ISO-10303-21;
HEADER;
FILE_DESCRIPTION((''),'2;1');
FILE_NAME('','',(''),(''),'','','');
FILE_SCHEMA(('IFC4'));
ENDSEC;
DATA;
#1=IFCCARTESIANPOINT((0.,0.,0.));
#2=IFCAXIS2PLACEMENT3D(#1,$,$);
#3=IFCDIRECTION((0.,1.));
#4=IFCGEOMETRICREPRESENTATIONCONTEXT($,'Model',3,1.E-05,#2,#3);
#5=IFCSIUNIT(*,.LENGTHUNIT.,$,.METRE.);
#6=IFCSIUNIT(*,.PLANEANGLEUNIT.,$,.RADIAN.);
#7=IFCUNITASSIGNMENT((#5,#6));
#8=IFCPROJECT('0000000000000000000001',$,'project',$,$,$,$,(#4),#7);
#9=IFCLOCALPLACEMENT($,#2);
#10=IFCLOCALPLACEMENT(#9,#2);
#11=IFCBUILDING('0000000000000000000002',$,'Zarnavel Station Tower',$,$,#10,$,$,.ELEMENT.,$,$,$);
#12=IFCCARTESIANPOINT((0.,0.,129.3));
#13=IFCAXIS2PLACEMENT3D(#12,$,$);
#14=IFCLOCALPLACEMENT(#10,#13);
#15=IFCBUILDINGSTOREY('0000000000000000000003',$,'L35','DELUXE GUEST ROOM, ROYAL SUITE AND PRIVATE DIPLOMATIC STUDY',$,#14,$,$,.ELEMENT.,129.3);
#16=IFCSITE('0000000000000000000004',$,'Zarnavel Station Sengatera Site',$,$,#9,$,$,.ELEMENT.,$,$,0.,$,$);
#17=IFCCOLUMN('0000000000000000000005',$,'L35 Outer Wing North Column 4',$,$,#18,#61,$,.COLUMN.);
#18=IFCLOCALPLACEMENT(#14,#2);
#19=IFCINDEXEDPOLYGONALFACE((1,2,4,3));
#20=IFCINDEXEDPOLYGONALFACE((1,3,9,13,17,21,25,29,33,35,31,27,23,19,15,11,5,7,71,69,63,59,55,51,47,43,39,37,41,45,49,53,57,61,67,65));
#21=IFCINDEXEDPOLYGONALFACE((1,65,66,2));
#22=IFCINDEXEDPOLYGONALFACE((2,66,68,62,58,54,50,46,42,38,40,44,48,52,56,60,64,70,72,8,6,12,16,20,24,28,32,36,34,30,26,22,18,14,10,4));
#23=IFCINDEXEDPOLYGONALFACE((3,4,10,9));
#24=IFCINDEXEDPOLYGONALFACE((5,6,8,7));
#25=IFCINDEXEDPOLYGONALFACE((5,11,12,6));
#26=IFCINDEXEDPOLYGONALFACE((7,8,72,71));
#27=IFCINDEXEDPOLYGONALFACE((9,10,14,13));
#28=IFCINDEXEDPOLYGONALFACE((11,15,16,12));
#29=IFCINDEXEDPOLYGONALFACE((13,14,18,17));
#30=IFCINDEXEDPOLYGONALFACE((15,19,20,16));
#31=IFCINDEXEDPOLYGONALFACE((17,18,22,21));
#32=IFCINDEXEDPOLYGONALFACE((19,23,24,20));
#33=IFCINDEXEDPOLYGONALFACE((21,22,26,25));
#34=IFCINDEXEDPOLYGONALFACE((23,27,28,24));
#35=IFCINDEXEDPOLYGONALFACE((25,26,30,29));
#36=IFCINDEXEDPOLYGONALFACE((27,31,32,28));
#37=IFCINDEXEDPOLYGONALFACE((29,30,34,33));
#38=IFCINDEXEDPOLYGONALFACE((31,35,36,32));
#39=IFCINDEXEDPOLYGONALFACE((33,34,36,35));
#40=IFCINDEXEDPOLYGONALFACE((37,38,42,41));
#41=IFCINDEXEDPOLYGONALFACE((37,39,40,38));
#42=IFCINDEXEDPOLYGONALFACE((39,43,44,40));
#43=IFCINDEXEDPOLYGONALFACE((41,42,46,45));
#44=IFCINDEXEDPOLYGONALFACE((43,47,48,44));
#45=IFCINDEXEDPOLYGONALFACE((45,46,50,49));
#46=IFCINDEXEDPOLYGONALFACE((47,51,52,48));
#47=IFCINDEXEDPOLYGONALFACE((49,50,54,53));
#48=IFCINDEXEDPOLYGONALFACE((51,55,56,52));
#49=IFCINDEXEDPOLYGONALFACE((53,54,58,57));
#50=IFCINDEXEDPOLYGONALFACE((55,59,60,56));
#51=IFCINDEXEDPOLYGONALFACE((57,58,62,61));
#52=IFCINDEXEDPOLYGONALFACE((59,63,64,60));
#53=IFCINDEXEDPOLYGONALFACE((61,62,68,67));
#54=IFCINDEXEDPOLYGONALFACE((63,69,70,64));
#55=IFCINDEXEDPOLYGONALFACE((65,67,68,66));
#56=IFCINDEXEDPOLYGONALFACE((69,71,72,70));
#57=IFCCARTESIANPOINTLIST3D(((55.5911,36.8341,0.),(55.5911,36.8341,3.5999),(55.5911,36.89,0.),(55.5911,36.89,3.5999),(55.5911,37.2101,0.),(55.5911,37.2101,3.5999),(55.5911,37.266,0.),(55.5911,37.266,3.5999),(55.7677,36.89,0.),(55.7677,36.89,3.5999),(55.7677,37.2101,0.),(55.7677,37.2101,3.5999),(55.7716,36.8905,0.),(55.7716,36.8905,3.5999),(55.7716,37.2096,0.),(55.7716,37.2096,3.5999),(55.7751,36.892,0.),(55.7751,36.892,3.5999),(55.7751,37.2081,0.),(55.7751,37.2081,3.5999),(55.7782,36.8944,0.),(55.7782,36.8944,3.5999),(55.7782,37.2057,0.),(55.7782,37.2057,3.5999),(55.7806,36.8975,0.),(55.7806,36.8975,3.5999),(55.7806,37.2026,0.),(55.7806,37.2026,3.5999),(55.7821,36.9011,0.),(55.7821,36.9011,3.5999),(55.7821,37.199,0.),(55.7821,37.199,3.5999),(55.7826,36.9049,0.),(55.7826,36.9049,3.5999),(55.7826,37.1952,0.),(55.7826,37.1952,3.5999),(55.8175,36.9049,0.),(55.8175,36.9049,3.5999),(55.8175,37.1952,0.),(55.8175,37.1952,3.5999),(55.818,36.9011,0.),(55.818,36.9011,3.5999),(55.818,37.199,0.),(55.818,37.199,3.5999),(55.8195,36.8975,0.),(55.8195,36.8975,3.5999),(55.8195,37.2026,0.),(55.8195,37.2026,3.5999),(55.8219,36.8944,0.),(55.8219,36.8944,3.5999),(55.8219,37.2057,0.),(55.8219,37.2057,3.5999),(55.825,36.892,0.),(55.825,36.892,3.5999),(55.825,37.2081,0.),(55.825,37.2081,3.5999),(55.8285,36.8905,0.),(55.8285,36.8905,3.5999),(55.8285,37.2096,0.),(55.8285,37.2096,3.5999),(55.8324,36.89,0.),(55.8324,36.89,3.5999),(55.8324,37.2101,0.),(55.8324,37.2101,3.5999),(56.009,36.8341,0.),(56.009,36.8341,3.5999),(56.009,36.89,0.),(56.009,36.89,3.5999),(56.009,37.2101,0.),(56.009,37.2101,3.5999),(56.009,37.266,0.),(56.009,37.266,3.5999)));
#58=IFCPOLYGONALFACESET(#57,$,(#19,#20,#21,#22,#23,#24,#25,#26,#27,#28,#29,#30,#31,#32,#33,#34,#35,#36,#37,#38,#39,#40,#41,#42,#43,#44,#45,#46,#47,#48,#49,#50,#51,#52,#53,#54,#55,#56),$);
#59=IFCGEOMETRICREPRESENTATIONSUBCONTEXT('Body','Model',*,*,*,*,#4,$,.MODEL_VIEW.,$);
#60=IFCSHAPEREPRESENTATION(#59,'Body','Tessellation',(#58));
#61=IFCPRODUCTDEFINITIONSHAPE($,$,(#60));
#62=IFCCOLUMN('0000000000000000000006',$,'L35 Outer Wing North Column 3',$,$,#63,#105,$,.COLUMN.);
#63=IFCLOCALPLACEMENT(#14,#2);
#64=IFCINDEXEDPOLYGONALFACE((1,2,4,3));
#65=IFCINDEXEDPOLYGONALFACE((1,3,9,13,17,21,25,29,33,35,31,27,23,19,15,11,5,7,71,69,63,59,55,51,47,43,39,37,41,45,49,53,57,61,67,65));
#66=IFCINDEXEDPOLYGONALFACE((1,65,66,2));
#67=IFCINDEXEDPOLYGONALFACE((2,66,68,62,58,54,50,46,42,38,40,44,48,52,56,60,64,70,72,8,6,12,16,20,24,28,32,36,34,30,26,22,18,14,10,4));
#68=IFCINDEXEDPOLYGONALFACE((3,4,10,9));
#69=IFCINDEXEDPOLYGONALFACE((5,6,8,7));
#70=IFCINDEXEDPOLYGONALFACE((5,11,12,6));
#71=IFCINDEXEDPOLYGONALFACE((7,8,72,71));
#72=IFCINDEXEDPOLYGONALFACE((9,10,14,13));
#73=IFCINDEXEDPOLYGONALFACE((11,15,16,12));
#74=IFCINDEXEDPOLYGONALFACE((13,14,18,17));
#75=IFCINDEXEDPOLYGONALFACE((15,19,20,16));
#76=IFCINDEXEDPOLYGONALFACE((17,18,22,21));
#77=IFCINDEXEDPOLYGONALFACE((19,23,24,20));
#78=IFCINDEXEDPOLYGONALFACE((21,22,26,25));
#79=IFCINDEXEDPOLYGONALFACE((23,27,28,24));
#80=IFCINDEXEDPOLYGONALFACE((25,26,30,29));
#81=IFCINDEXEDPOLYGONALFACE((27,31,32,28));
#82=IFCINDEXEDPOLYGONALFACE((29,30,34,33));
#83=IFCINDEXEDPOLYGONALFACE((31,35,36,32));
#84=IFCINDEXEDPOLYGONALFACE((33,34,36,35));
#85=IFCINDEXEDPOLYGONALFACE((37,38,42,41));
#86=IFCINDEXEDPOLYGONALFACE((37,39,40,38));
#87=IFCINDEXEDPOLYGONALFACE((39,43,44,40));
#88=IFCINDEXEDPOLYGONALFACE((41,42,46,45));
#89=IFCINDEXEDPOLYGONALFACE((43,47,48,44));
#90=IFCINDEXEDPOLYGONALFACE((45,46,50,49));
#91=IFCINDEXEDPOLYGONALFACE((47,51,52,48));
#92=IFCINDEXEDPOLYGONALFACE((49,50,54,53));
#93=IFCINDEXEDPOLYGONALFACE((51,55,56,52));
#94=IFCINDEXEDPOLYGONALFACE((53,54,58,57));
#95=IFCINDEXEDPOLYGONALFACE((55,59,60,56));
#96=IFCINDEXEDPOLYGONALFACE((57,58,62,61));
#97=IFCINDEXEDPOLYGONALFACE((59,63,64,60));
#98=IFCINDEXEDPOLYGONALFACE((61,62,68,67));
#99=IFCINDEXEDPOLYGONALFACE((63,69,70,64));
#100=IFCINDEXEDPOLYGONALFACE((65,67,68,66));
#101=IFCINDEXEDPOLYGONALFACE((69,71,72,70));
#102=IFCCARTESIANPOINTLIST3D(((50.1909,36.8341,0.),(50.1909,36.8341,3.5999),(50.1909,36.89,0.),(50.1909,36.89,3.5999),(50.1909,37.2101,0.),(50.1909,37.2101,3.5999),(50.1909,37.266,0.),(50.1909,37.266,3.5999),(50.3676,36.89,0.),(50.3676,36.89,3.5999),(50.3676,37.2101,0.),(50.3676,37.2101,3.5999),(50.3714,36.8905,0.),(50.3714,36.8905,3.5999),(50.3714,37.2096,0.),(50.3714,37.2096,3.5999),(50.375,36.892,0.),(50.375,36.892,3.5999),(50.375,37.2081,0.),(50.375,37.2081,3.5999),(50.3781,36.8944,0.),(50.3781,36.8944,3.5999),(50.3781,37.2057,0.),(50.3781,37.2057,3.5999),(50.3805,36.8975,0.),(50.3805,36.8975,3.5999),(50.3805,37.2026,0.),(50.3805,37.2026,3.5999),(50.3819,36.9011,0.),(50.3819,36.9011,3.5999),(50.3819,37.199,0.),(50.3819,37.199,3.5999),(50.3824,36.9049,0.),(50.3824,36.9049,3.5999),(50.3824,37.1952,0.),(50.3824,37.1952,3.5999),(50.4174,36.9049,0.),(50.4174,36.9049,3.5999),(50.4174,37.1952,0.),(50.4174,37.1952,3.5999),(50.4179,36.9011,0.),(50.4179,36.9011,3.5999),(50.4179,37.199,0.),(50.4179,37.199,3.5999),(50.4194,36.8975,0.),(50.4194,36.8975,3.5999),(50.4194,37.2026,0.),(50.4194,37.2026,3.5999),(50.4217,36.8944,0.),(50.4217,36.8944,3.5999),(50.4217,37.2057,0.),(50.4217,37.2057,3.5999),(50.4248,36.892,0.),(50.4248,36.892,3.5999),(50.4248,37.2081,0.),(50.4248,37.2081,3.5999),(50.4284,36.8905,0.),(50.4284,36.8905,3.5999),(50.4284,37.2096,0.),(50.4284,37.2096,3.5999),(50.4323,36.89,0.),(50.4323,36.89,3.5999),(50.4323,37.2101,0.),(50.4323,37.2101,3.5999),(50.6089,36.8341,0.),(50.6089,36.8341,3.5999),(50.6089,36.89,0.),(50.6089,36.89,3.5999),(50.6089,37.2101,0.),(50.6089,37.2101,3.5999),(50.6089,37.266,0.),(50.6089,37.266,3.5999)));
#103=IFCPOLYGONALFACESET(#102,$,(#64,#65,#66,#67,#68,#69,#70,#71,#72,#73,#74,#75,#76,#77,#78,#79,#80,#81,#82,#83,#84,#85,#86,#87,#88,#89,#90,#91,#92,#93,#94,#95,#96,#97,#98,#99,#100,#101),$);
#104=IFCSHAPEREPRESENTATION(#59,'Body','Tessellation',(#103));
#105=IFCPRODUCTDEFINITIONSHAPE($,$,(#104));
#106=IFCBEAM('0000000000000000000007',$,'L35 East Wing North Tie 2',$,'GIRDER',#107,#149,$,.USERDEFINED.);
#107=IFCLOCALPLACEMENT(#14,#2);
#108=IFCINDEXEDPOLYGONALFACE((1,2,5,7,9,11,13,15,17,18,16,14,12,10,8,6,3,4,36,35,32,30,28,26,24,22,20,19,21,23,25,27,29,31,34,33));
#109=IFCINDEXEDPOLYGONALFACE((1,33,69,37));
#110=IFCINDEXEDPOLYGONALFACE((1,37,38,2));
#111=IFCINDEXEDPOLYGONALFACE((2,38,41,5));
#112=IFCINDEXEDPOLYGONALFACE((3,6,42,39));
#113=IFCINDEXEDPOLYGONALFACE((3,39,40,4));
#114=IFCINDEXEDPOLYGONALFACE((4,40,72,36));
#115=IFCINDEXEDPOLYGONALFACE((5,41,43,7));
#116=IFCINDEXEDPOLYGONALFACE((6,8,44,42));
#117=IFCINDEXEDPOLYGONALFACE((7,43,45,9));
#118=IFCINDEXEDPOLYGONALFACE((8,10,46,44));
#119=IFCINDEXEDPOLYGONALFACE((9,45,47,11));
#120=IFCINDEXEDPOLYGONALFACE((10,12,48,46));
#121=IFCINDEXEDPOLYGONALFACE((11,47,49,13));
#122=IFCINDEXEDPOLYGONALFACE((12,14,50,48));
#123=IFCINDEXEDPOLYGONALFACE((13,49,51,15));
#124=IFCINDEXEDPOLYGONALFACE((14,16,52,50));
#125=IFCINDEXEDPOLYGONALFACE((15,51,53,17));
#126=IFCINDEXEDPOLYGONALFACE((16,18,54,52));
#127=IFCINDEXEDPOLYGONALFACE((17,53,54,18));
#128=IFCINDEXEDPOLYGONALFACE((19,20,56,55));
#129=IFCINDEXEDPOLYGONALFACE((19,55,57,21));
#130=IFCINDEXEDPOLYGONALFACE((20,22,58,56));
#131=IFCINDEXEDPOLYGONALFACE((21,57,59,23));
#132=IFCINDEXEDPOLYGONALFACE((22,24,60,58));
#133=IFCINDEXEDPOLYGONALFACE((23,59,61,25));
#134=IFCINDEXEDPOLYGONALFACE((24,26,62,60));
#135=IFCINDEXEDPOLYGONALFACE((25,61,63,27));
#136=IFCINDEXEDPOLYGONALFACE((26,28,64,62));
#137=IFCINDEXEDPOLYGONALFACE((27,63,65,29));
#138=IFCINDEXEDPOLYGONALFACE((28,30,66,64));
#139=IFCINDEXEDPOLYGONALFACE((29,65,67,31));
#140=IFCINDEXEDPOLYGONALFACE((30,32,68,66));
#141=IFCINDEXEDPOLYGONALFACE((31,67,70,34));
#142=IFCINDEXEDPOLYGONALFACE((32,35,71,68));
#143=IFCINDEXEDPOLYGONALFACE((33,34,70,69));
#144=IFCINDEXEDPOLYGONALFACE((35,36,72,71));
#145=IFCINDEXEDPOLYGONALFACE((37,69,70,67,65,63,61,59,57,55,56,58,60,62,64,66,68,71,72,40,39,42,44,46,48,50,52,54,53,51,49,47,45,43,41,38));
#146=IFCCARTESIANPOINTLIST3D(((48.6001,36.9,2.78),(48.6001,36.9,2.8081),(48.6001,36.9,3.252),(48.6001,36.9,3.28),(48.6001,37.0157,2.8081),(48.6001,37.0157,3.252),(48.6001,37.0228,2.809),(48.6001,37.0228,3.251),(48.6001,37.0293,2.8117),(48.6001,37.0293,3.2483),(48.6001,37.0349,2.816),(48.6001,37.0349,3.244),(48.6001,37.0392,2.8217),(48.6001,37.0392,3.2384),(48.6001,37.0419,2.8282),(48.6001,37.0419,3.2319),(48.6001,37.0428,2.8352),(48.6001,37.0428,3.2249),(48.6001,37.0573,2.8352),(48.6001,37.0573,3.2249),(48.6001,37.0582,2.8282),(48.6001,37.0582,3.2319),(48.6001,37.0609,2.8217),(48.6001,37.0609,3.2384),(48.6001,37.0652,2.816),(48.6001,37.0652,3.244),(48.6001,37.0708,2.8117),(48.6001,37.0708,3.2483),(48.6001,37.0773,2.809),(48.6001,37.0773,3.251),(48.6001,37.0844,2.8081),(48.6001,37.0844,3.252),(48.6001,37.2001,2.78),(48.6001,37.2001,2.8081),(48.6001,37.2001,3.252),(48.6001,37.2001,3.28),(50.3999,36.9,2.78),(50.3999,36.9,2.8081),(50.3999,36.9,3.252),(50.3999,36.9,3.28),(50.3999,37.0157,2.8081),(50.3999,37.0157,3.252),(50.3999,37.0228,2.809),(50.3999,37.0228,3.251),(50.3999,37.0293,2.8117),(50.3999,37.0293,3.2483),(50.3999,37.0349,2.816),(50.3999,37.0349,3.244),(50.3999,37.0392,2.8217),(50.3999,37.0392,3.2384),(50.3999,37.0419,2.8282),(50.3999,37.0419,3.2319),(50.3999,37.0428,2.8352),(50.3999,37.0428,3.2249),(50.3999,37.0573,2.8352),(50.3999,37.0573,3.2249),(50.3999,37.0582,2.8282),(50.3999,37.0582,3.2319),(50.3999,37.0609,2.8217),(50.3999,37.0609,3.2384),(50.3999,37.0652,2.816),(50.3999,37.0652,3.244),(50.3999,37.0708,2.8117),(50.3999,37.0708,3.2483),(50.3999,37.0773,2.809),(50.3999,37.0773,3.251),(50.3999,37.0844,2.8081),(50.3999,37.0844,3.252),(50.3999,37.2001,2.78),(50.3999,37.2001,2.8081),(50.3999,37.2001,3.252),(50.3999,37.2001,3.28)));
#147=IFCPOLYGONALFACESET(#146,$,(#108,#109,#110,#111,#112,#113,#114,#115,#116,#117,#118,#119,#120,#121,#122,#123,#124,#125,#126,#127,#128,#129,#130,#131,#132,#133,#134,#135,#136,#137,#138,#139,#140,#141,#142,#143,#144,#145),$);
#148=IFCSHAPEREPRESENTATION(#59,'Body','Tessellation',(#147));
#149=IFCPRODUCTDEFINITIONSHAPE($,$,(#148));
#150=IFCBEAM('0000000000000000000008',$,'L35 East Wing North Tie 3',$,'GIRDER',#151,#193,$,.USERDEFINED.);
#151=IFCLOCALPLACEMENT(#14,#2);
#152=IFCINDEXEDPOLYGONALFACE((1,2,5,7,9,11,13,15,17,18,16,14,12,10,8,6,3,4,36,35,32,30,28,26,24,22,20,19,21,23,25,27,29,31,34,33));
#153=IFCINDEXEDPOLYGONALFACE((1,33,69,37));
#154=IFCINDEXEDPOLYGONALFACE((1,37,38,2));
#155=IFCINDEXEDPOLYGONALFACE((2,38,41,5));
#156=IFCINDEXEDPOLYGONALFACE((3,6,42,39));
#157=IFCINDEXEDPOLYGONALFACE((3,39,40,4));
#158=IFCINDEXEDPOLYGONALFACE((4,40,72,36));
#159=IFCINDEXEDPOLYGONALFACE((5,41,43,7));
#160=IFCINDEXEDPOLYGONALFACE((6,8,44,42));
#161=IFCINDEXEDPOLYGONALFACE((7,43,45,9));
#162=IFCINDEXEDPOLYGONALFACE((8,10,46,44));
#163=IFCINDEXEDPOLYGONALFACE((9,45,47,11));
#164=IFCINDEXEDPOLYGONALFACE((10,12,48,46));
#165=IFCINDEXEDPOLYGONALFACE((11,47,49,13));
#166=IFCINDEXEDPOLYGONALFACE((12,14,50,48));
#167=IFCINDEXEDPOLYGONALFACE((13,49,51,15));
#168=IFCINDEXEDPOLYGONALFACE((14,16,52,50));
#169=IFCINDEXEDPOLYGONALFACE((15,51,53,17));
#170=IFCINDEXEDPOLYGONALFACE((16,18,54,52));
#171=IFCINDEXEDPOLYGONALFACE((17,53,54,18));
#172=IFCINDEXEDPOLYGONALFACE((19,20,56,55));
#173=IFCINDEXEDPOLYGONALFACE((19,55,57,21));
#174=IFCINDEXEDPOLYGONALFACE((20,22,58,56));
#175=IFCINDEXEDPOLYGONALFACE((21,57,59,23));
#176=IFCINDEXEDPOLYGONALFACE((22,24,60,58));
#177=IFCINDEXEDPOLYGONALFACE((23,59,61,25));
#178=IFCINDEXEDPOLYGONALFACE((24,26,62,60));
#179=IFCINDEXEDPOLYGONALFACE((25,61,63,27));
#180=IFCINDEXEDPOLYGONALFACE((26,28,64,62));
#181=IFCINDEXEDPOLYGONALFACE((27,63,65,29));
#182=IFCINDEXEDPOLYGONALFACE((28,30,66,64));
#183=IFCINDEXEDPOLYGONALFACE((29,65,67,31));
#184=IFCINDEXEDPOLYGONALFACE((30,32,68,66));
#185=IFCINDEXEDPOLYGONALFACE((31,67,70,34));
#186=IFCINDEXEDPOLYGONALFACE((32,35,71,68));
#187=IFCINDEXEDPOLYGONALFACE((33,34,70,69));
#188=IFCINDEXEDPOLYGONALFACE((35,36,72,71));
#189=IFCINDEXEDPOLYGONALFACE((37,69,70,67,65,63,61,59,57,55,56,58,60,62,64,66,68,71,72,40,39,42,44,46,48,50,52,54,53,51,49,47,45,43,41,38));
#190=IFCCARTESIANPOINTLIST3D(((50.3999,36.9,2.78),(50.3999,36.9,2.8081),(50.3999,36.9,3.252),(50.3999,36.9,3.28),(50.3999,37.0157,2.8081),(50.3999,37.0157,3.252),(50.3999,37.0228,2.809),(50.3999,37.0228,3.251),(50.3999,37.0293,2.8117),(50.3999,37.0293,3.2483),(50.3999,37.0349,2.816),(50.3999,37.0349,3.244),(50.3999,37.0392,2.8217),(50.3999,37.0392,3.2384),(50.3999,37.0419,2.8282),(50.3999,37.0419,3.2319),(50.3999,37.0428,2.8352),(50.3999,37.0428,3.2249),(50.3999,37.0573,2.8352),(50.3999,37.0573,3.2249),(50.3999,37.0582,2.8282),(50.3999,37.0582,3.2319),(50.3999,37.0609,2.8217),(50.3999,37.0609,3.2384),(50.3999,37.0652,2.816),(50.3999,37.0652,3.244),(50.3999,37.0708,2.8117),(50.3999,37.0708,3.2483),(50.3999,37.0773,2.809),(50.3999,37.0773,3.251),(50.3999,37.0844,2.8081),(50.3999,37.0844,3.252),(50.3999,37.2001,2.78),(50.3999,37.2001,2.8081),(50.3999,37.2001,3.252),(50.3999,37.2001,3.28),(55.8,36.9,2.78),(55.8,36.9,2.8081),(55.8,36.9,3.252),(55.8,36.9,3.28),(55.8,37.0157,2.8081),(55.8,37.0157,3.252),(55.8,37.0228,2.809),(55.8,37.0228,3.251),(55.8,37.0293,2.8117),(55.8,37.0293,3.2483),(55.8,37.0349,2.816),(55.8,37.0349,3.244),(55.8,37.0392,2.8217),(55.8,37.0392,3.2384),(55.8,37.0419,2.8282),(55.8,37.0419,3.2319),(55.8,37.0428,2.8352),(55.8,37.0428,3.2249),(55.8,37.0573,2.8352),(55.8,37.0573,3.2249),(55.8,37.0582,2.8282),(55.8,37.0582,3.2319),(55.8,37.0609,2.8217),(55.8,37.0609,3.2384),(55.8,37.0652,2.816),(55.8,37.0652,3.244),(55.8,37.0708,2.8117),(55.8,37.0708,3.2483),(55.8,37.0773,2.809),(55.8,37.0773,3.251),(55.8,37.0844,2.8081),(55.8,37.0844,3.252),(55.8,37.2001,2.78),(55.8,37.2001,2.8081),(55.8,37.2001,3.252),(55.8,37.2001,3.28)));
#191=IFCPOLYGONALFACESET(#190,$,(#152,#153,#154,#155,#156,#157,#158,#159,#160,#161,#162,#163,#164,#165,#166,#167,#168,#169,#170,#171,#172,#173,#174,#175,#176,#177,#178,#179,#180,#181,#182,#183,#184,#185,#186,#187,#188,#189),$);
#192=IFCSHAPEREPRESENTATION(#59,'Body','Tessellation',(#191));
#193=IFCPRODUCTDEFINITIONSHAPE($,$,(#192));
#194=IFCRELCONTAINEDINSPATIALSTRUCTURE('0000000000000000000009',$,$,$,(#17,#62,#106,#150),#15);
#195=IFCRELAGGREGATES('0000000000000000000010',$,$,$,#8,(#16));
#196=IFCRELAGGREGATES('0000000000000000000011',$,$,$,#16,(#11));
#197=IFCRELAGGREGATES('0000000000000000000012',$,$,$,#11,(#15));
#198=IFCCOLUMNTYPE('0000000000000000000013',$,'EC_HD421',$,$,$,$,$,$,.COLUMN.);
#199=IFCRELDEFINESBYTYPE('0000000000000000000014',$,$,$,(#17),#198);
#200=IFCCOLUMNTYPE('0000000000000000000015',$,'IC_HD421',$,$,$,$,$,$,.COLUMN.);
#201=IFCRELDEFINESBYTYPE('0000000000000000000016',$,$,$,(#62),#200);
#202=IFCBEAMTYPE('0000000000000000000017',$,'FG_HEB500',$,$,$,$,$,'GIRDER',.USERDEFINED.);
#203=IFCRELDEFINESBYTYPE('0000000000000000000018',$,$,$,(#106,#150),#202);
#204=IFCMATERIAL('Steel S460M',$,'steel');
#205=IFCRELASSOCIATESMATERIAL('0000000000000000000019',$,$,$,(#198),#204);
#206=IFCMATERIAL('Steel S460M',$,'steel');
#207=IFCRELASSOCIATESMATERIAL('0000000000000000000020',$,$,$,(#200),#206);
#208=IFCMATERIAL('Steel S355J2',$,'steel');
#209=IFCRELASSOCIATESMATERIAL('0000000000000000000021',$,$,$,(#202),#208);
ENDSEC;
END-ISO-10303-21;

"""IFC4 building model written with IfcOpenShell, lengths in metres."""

from ifc_helpers import new_model, si_unit, direction, frame, origin, origin_2d, place, context, subcontext, project, spatial, i_section, extrude, material, material_profile, profile_set, type_object, element, save


model = new_model("IFC4")

# Units and contexts
model_context = context("Model", 3, precision=1e-05, world=origin(), true_north=direction((0.0, 1.0)))
body_context = subcontext(model_context, "Body", "Model", "MODEL_VIEW")
ifc_project = project(units=[si_unit("LENGTHUNIT", "METRE"), si_unit("PLANEANGLEUNIT", "RADIAN")], contexts=[model_context])

# Site, building, storey
site_placement = place(None, origin())
site = spatial("IfcSite", under=ifc_project, at=site_placement, Name="Zarnavel Station Sengatera Site", CompositionType="ELEMENT", RefElevation=0.0)
building_placement = place(site_placement, origin())
building = spatial("IfcBuilding", under=site, at=building_placement, Name="Zarnavel Station Tower", CompositionType="ELEMENT")
storey_placement = place(building_placement, frame((0.0, 0.0, 129.3)))
storey = spatial("IfcBuildingStorey", under=building, at=storey_placement, Name="L35", Description="DELUXE GUEST ROOM, ROYAL SUITE AND PRIVATE DIPLOMATIC STUDY", CompositionType="ELEMENT", Elevation=129.3)

# Columns
ifc_material_1 = material(Name="Steel S460M", Category="steel")
ifc_material_profile_1 = material_profile(ifc_material_1, i_section(OverallWidth=0.418, OverallDepth=0.4319, WebThickness=0.0349, FlangeThickness=0.0559, FilletRadius=0.0149, at=origin_2d()), Name="HD400x421")
ifc_profile_set_1 = profile_set([ifc_material_profile_1], Name="Steel S460M")
column_type_1 = type_object("IfcColumnType", Name="EC_HD421", PredefinedType="COLUMN", material=ifc_profile_set_1)
column_1_placement = place(storey_placement, frame((55.8, 37.05, 0.0), z_axis=(0.0, 0.0, 1.0), x_axis=(1.0, 0.0, 0.0)))
element("IfcColumn", 1, at=column_1_placement, inside=storey, type_object=column_type_1, Name="L35 Outer Wing North Column 4", PredefinedType="COLUMN", context=body_context, shape_type="SweptSolid", body=[
    extrude(i_section(OverallWidth=0.418, OverallDepth=0.4319, WebThickness=0.0349, FlangeThickness=0.0559, FilletRadius=0.0149, at=origin_2d()), origin(), (0.0, 0.0, 1.0), 3.5999),
])
ifc_material_2 = material(Name="Steel S460M", Category="steel")
ifc_material_profile_2 = material_profile(ifc_material_2, i_section(OverallWidth=0.418, OverallDepth=0.4319, WebThickness=0.0349, FlangeThickness=0.0559, FilletRadius=0.0149, at=origin_2d()), Name="HD400x421")
ifc_profile_set_2 = profile_set([ifc_material_profile_2], Name="Steel S460M")
column_type_2 = type_object("IfcColumnType", Name="IC_HD421", PredefinedType="COLUMN", material=ifc_profile_set_2)
column_2_placement = place(storey_placement, frame((50.3999, 37.05, 0.0), z_axis=(0.0, 0.0, 1.0), x_axis=(1.0, 0.0, 0.0)))
element("IfcColumn", 2, at=column_2_placement, inside=storey, type_object=column_type_2, Name="L35 Outer Wing North Column 3", PredefinedType="COLUMN", context=body_context, shape_type="SweptSolid", body=[
    extrude(i_section(OverallWidth=0.418, OverallDepth=0.4319, WebThickness=0.0349, FlangeThickness=0.0559, FilletRadius=0.0149, at=origin_2d()), origin(), (0.0, 0.0, 1.0), 3.5999),
])

# Beams
ifc_material_3 = material(Name="Steel S355J2", Category="steel")
ifc_material_profile_3 = material_profile(ifc_material_3, i_section(OverallWidth=0.3, OverallDepth=0.5, WebThickness=0.0144, FlangeThickness=0.0281, FilletRadius=0.0271, at=origin_2d()), Name="HEB500")
ifc_profile_set_3 = profile_set([ifc_material_profile_3], Name="Steel S355J2")
beam_type = type_object("IfcBeamType", Name="FG_HEB500", ElementType="GIRDER", PredefinedType="USERDEFINED", material=ifc_profile_set_3)
beam_1_placement = place(storey_placement, frame((48.6001, 37.05, 3.03), z_axis=(1.0, 0.0, 0.0), x_axis=(0.0, 1.0, 0.0)))
element("IfcBeam", 3, at=beam_1_placement, inside=storey, type_object=beam_type, Name="L35 East Wing North Tie 2", ObjectType="GIRDER", PredefinedType="USERDEFINED", context=body_context, shape_type="SweptSolid", body=[
    extrude(i_section(OverallWidth=0.3, OverallDepth=0.5, WebThickness=0.0144, FlangeThickness=0.0281, FilletRadius=0.0271, at=origin_2d()), origin(), (0.0, 0.0, 1.0), 1.7998),
])
beam_2_placement = place(storey_placement, frame((50.3999, 37.05, 3.03), z_axis=(1.0, 0.0, 0.0), x_axis=(0.0, 1.0, 0.0)))
element("IfcBeam", 4, at=beam_2_placement, inside=storey, type_object=beam_type, Name="L35 East Wing North Tie 3", ObjectType="GIRDER", PredefinedType="USERDEFINED", context=body_context, shape_type="SweptSolid", body=[
    extrude(i_section(OverallWidth=0.3, OverallDepth=0.5, WebThickness=0.0144, FlangeThickness=0.0281, FilletRadius=0.0271, at=origin_2d()), origin(), (0.0, 0.0, 1.0), 5.4001),
])

save(model, "model.ifc")
